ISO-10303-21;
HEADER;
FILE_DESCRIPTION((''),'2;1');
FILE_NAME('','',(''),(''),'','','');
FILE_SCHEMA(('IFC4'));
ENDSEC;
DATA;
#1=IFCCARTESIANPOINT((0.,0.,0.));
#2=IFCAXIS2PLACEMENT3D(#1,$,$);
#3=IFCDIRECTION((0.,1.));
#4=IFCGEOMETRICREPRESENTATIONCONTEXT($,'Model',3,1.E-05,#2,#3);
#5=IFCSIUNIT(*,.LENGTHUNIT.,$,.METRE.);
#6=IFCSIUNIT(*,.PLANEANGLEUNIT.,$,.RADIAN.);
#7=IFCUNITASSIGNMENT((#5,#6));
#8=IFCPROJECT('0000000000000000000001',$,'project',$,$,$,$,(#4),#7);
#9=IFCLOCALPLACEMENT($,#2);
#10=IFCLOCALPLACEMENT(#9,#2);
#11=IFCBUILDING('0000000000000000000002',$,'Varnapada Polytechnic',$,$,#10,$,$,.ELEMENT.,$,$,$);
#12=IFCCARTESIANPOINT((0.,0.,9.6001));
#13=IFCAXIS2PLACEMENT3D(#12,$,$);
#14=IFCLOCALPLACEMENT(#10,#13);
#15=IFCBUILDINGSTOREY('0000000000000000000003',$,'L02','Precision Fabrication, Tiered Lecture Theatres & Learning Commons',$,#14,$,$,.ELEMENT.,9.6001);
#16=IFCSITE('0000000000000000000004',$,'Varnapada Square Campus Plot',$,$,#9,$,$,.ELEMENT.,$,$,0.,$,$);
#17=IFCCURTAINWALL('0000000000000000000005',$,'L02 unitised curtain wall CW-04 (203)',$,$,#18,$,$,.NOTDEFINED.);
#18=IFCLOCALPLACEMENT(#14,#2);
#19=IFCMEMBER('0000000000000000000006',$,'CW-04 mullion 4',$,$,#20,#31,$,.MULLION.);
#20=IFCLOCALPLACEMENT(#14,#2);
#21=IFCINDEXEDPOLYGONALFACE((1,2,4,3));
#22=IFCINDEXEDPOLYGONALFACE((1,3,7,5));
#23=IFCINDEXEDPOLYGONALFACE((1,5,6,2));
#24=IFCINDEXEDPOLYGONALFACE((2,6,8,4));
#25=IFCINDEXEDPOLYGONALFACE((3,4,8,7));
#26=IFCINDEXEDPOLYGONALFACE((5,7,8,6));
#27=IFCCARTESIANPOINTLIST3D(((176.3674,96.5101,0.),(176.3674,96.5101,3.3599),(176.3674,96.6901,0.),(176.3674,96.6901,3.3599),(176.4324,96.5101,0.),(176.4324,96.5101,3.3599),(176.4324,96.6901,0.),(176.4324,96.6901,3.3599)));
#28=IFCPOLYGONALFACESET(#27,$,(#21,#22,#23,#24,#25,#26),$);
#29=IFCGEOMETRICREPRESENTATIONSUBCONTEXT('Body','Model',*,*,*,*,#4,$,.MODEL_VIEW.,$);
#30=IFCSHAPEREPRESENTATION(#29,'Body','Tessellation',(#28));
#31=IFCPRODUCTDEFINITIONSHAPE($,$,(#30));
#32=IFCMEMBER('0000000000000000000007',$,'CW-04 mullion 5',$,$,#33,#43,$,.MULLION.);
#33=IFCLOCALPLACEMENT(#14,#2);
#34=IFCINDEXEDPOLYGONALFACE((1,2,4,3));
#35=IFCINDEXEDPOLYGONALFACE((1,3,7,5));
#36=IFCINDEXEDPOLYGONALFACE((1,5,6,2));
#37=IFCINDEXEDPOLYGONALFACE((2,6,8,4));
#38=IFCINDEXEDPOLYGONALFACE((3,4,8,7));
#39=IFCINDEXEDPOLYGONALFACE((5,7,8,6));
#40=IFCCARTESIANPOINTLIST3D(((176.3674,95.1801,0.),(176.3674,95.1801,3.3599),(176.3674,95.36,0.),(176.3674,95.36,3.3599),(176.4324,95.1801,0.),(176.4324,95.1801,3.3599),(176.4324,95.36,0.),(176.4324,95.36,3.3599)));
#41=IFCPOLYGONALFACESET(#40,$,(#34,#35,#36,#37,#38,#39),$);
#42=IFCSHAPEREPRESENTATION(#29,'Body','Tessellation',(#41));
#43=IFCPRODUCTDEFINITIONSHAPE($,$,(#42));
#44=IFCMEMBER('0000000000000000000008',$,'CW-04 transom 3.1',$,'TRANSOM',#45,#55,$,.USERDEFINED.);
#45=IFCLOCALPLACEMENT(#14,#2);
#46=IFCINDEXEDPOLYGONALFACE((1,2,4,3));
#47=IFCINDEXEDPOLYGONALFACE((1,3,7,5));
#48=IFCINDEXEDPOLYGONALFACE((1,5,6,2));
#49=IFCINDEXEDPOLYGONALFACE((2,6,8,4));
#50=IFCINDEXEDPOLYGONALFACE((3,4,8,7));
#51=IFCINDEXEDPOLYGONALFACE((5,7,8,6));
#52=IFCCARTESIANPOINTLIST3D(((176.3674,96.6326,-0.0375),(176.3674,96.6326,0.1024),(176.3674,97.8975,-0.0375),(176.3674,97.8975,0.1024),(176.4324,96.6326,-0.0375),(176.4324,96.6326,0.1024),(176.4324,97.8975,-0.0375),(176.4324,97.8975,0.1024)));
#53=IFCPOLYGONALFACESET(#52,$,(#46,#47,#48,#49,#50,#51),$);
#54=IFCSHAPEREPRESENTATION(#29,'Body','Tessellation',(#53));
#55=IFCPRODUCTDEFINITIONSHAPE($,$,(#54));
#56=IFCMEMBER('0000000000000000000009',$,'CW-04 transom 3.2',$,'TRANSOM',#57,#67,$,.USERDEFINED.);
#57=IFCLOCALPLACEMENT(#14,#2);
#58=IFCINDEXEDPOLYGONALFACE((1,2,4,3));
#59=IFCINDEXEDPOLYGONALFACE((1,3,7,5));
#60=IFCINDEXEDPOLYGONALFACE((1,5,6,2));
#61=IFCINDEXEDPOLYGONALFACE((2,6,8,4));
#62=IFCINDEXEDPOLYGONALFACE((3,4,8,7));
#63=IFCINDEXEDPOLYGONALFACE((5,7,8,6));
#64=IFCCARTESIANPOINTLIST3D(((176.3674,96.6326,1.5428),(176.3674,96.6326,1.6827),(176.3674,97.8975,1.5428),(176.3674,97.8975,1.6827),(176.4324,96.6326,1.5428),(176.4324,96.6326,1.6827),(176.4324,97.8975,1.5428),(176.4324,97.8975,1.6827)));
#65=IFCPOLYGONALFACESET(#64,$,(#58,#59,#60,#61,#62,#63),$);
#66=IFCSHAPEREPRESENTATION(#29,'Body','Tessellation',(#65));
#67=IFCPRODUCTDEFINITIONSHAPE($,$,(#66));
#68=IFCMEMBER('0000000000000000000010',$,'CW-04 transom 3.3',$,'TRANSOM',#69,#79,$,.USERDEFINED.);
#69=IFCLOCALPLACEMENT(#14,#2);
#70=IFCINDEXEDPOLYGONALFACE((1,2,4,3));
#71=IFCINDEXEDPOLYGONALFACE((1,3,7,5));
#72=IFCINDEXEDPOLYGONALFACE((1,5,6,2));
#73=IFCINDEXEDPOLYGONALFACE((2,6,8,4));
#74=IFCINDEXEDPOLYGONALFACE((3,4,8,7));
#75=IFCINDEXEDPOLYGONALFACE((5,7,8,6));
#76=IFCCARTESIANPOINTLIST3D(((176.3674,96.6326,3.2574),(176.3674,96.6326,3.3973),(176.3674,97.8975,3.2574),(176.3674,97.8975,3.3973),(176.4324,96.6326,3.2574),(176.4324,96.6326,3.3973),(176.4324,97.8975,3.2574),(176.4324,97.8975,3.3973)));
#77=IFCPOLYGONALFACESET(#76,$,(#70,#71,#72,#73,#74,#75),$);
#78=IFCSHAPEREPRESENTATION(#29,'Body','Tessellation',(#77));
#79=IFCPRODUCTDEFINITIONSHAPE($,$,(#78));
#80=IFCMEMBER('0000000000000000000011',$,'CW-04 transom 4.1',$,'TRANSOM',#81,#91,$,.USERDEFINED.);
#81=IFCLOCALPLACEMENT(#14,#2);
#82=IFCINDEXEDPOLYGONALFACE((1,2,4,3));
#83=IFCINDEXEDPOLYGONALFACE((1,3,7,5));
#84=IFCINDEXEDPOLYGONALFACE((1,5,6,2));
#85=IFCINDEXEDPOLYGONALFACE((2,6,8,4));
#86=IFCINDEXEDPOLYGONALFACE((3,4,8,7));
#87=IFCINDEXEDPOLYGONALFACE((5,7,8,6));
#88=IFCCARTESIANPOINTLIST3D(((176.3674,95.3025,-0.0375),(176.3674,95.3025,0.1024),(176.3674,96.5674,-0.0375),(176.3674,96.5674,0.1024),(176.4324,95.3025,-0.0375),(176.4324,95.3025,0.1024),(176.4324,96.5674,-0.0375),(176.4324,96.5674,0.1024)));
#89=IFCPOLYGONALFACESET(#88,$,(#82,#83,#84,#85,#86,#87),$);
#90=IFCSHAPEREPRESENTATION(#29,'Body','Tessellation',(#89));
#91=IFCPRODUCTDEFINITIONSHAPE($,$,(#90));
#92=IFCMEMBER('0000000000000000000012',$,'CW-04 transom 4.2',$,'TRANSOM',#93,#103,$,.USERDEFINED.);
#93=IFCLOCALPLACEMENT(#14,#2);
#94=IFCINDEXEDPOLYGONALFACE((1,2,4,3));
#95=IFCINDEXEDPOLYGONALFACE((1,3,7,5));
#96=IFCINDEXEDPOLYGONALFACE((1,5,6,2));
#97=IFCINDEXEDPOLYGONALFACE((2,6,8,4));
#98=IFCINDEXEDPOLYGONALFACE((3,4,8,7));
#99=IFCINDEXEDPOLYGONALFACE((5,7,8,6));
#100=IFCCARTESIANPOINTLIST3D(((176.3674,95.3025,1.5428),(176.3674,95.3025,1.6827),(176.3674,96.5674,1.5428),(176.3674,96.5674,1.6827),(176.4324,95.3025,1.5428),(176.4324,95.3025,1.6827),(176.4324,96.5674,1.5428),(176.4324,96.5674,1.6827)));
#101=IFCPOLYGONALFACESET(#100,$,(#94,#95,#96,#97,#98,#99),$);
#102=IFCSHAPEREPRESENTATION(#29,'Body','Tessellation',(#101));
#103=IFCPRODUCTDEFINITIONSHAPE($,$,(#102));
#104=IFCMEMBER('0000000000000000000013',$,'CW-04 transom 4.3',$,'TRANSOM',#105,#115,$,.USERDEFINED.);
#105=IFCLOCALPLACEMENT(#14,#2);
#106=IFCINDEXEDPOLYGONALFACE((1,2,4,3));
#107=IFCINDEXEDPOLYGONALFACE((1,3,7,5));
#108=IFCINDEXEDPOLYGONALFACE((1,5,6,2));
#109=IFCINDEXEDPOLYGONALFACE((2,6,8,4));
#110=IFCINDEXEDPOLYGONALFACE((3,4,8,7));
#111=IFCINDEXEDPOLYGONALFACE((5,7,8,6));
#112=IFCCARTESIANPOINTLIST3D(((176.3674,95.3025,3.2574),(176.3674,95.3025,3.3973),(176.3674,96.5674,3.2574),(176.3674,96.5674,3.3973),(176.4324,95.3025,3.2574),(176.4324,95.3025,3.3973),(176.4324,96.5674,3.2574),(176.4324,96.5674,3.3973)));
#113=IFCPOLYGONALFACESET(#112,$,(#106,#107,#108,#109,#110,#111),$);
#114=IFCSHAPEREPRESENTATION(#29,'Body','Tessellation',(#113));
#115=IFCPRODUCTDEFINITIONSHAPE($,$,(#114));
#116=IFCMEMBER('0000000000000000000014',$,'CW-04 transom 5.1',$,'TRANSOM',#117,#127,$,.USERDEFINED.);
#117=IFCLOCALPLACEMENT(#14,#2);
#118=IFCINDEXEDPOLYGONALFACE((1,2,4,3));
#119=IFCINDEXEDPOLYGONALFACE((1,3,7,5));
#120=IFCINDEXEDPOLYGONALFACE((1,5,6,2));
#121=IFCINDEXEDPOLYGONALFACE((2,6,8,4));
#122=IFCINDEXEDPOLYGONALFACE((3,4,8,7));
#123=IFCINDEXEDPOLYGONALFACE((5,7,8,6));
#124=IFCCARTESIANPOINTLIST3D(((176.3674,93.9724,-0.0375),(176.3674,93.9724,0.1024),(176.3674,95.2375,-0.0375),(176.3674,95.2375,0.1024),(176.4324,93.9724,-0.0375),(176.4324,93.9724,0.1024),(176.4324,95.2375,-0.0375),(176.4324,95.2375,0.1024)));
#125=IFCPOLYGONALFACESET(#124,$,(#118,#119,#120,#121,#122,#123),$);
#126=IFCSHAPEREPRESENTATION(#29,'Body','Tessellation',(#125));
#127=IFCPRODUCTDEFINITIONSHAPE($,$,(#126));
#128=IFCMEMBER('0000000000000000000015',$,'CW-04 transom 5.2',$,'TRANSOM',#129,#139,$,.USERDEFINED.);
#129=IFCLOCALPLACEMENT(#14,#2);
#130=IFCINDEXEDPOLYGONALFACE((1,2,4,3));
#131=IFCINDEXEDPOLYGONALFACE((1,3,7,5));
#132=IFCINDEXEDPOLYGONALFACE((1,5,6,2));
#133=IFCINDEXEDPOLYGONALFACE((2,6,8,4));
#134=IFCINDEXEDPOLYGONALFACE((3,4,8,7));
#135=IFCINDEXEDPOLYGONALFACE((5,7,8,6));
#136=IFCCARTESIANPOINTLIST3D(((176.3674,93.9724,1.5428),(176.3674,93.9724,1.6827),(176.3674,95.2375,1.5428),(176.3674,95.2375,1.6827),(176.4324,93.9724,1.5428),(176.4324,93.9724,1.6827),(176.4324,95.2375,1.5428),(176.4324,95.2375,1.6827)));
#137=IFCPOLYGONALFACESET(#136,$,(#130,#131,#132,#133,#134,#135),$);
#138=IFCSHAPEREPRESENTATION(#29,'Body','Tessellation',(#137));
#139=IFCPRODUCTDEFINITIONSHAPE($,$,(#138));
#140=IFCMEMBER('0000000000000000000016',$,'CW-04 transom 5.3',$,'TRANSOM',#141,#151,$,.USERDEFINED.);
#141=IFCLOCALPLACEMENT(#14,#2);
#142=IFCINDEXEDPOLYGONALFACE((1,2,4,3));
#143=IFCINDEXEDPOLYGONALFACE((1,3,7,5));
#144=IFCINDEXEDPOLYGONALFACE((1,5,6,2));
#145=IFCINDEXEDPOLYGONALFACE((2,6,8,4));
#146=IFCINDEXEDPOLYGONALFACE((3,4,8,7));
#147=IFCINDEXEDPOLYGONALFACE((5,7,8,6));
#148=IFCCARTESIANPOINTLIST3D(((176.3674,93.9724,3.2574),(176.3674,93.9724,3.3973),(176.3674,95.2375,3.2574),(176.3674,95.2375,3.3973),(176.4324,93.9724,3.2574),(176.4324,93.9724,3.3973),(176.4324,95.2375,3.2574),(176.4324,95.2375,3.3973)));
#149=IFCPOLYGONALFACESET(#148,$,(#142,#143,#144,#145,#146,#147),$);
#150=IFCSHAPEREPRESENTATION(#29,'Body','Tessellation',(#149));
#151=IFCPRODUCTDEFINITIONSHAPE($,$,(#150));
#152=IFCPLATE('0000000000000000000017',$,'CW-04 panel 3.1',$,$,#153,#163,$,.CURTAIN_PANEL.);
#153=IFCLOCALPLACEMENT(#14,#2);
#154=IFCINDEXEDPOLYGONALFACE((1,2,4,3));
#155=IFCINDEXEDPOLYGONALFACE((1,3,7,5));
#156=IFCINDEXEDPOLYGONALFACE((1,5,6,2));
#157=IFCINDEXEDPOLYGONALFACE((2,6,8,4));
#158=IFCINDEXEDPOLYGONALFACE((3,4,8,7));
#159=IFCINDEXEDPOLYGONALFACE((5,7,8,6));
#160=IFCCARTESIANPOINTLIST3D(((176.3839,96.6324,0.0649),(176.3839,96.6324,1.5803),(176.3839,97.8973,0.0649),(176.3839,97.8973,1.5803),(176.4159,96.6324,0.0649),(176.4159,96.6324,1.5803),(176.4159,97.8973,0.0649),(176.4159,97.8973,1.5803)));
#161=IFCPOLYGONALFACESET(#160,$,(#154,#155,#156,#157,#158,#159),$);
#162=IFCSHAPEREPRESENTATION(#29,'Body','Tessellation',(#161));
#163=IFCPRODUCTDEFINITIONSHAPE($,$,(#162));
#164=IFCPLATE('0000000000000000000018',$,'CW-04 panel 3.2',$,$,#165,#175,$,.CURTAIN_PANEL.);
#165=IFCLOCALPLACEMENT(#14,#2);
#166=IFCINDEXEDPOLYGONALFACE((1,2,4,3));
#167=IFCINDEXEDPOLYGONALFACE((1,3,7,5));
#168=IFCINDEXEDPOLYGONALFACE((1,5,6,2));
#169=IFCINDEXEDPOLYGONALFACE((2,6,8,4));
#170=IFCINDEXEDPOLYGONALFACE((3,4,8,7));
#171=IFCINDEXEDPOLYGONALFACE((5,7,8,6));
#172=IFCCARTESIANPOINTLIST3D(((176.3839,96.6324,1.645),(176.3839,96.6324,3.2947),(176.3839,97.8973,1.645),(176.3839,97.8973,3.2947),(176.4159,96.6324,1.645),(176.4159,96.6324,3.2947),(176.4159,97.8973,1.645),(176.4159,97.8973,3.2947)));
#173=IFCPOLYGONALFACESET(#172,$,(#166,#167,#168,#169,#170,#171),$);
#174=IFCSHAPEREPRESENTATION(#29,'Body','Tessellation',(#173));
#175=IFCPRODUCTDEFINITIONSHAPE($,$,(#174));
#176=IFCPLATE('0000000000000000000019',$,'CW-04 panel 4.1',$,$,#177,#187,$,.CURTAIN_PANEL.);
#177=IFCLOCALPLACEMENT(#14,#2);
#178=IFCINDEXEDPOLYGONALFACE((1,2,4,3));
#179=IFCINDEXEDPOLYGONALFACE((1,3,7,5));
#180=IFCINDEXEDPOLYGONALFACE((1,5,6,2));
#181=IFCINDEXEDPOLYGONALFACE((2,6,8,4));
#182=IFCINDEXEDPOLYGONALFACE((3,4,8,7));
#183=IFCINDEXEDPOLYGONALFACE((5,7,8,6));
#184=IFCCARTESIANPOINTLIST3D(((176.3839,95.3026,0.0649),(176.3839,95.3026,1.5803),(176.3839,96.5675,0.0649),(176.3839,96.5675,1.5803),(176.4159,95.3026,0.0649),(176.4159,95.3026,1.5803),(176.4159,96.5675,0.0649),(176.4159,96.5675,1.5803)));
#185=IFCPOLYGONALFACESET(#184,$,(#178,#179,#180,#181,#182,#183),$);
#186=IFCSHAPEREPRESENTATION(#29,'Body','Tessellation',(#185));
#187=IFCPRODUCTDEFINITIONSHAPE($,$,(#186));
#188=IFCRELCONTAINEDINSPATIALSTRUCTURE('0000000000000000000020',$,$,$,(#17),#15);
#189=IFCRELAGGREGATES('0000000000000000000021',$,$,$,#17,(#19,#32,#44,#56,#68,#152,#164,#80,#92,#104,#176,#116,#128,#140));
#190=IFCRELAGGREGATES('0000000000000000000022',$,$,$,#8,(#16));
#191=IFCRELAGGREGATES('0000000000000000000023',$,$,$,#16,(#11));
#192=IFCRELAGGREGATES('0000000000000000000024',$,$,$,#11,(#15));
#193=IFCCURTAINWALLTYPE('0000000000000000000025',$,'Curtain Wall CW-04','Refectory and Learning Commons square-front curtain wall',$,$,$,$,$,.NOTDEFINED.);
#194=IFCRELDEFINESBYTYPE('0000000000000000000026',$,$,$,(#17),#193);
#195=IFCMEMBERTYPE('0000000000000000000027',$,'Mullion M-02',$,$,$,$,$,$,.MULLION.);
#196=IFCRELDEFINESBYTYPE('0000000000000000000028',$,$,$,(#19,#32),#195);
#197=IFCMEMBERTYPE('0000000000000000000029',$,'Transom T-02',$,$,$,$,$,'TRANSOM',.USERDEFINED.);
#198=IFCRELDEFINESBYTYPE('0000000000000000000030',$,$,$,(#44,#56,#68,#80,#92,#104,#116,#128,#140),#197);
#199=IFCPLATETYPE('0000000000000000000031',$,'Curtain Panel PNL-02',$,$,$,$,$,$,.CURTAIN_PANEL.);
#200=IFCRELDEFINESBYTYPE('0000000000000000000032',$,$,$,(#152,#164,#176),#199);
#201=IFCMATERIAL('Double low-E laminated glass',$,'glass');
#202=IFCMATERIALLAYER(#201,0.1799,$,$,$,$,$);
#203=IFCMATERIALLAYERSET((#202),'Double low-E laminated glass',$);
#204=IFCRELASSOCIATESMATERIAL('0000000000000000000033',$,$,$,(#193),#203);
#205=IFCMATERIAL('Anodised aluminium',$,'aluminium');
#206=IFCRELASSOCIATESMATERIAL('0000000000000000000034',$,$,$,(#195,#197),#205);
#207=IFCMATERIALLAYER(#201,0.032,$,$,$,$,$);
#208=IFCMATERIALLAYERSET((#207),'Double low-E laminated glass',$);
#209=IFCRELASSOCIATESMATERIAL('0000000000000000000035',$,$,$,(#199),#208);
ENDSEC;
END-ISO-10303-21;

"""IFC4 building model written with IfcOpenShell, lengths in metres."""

from ifc_helpers import new_model, si_unit, direction, frame, origin, origin_2d, place, context, subcontext, project, spatial, rectangle, extrude, material, layer, layer_set, material_profile, profile_set, type_object, element, aggregate, save


model = new_model("IFC4")

# Units and contexts
model_context = context("Model", 3, precision=1e-05, world=origin(), true_north=direction((0.0, 1.0)))
body_context = subcontext(model_context, "Body", "Model", "MODEL_VIEW")
ifc_project = project(units=[si_unit("LENGTHUNIT", "METRE"), si_unit("PLANEANGLEUNIT", "RADIAN")], contexts=[model_context])

# Site, building, storey
site_placement = place(None, origin())
site = spatial("IfcSite", under=ifc_project, at=site_placement, Name="Varnapada Square Campus Plot", CompositionType="ELEMENT", RefElevation=0.0)
building_placement = place(site_placement, origin())
building = spatial("IfcBuilding", under=site, at=building_placement, Name="Varnapada Polytechnic", CompositionType="ELEMENT")
storey_placement = place(building_placement, frame((0.0, 0.0, 9.6001)))
storey = spatial("IfcBuildingStorey", under=building, at=storey_placement, Name="L02", Description="Precision Fabrication, Tiered Lecture Theatres & Learning Commons", CompositionType="ELEMENT", Elevation=9.6001)

# Curtain wall, members, plates
ifc_material_1 = material(Name="Double low-E laminated glass", Category="glass")
ifc_layer_1 = layer(ifc_material_1, 0.1799)
ifc_layer_set_1 = layer_set([ifc_layer_1], Name="Double low-E laminated glass")
curtain_wall_type = type_object("IfcCurtainWallType", Name="Curtain Wall CW-04", Description="Refectory and Learning Commons square-front curtain wall", PredefinedType="NOTDEFINED", material=ifc_layer_set_1)
curtain_wall_placement = place(storey_placement, origin())
curtain_wall = element("IfcCurtainWall", 1, at=curtain_wall_placement, inside=storey, type_object=curtain_wall_type, Name="L02 unitised curtain wall CW-04 (203)", PredefinedType="NOTDEFINED")
ifc_material_2 = material(Name="Anodised aluminium", Category="aluminium")
ifc_material_profile_1 = material_profile(ifc_material_2, rectangle(XDim=0.0649, YDim=0.1799, at=origin_2d()), Name="ALU M65x180")
ifc_profile_set_1 = profile_set([ifc_material_profile_1], Name="Anodised aluminium")
member_type_1 = type_object("IfcMemberType", Name="Mullion M-02", PredefinedType="MULLION", material=ifc_profile_set_1)
member_1_placement = place(storey_placement, frame((176.3999, 96.6001, 0.0), z_axis=(0.0, 0.0, 1.0), x_axis=(1.0, 0.0, 0.0)))
member_1 = element("IfcMember", 2, at=member_1_placement, type_object=member_type_1, Name="CW-04 mullion 4", PredefinedType="MULLION", context=body_context, shape_type="SweptSolid", body=[
    extrude(rectangle(XDim=0.0649, YDim=0.1799, at=origin_2d()), origin(), (0.0, 0.0, 1.0), 3.3599),
])
member_2_placement = place(storey_placement, frame((176.3999, 95.27, 0.0), z_axis=(0.0, 0.0, 1.0), x_axis=(1.0, 0.0, 0.0)))
member_2 = element("IfcMember", 3, at=member_2_placement, type_object=member_type_1, Name="CW-04 mullion 5", PredefinedType="MULLION", context=body_context, shape_type="SweptSolid", body=[
    extrude(rectangle(XDim=0.0649, YDim=0.1799, at=origin_2d()), origin(), (0.0, 0.0, 1.0), 3.3599),
])
ifc_material_profile_2 = material_profile(ifc_material_2, rectangle(XDim=0.0649, YDim=0.1399, at=origin_2d()), Name="ALU T65x140")
ifc_profile_set_2 = profile_set([ifc_material_profile_2], Name="Anodised aluminium")
member_type_2 = type_object("IfcMemberType", Name="Transom T-02", ElementType="TRANSOM", PredefinedType="USERDEFINED", material=ifc_profile_set_2)
member_3_placement = place(storey_placement, frame((176.3999, 97.8975, 0.0325), z_axis=(0.0, -1.0, 0.0), x_axis=(1.0, 0.0, 0.0)))
member_3 = element("IfcMember", 4, at=member_3_placement, type_object=member_type_2, Name="CW-04 transom 3.1", ObjectType="TRANSOM", PredefinedType="USERDEFINED", context=body_context, shape_type="SweptSolid", body=[
    extrude(rectangle(XDim=0.0649, YDim=0.1399, at=origin_2d()), origin(), (0.0, 0.0, 1.0), 1.2649),
])
member_4_placement = place(storey_placement, frame((176.3999, 97.8975, 1.6128), z_axis=(0.0, -1.0, 0.0), x_axis=(1.0, 0.0, 0.0)))
member_4 = element("IfcMember", 5, at=member_4_placement, type_object=member_type_2, Name="CW-04 transom 3.2", ObjectType="TRANSOM", PredefinedType="USERDEFINED", context=body_context, shape_type="SweptSolid", body=[
    extrude(rectangle(XDim=0.0649, YDim=0.1399, at=origin_2d()), origin(), (0.0, 0.0, 1.0), 1.2649),
])
member_5_placement = place(storey_placement, frame((176.3999, 97.8975, 3.3274), z_axis=(0.0, -1.0, 0.0), x_axis=(1.0, 0.0, 0.0)))
member_5 = element("IfcMember", 6, at=member_5_placement, type_object=member_type_2, Name="CW-04 transom 3.3", ObjectType="TRANSOM", PredefinedType="USERDEFINED", context=body_context, shape_type="SweptSolid", body=[
    extrude(rectangle(XDim=0.0649, YDim=0.1399, at=origin_2d()), origin(), (0.0, 0.0, 1.0), 1.2649),
])
member_6_placement = place(storey_placement, frame((176.3999, 96.5674, 0.0325), z_axis=(0.0, -1.0, 0.0), x_axis=(1.0, 0.0, 0.0)))
member_6 = element("IfcMember", 7, at=member_6_placement, type_object=member_type_2, Name="CW-04 transom 4.1", ObjectType="TRANSOM", PredefinedType="USERDEFINED", context=body_context, shape_type="SweptSolid", body=[
    extrude(rectangle(XDim=0.0649, YDim=0.1399, at=origin_2d()), origin(), (0.0, 0.0, 1.0), 1.2649),
])
member_7_placement = place(storey_placement, frame((176.3999, 96.5674, 1.6128), z_axis=(0.0, -1.0, 0.0), x_axis=(1.0, 0.0, 0.0)))
member_7 = element("IfcMember", 8, at=member_7_placement, type_object=member_type_2, Name="CW-04 transom 4.2", ObjectType="TRANSOM", PredefinedType="USERDEFINED", context=body_context, shape_type="SweptSolid", body=[
    extrude(rectangle(XDim=0.0649, YDim=0.1399, at=origin_2d()), origin(), (0.0, 0.0, 1.0), 1.2649),
])
member_8_placement = place(storey_placement, frame((176.3999, 96.5674, 3.3274), z_axis=(0.0, -1.0, 0.0), x_axis=(1.0, 0.0, 0.0)))
member_8 = element("IfcMember", 9, at=member_8_placement, type_object=member_type_2, Name="CW-04 transom 4.3", ObjectType="TRANSOM", PredefinedType="USERDEFINED", context=body_context, shape_type="SweptSolid", body=[
    extrude(rectangle(XDim=0.0649, YDim=0.1399, at=origin_2d()), origin(), (0.0, 0.0, 1.0), 1.2649),
])
member_9_placement = place(storey_placement, frame((176.3999, 95.2375, 0.0325), z_axis=(0.0, -1.0, 0.0), x_axis=(1.0, 0.0, 0.0)))
member_9 = element("IfcMember", 10, at=member_9_placement, type_object=member_type_2, Name="CW-04 transom 5.1", ObjectType="TRANSOM", PredefinedType="USERDEFINED", context=body_context, shape_type="SweptSolid", body=[
    extrude(rectangle(XDim=0.0649, YDim=0.1399, at=origin_2d()), origin(), (0.0, 0.0, 1.0), 1.2651),
])
member_10_placement = place(storey_placement, frame((176.3999, 95.2375, 1.6128), z_axis=(0.0, -1.0, 0.0), x_axis=(1.0, 0.0, 0.0)))
member_10 = element("IfcMember", 11, at=member_10_placement, type_object=member_type_2, Name="CW-04 transom 5.2", ObjectType="TRANSOM", PredefinedType="USERDEFINED", context=body_context, shape_type="SweptSolid", body=[
    extrude(rectangle(XDim=0.0649, YDim=0.1399, at=origin_2d()), origin(), (0.0, 0.0, 1.0), 1.2651),
])
member_11_placement = place(storey_placement, frame((176.3999, 95.2375, 3.3274), z_axis=(0.0, -1.0, 0.0), x_axis=(1.0, 0.0, 0.0)))
member_11 = element("IfcMember", 12, at=member_11_placement, type_object=member_type_2, Name="CW-04 transom 5.3", ObjectType="TRANSOM", PredefinedType="USERDEFINED", context=body_context, shape_type="SweptSolid", body=[
    extrude(rectangle(XDim=0.0649, YDim=0.1399, at=origin_2d()), origin(), (0.0, 0.0, 1.0), 1.2651),
])
ifc_layer_2 = layer(ifc_material_1, 0.032)
ifc_layer_set_2 = layer_set([ifc_layer_2], Name="Double low-E laminated glass")
plate_type = type_object("IfcPlateType", Name="Curtain Panel PNL-02", PredefinedType="CURTAIN_PANEL", material=ifc_layer_set_2)
plate_1_placement = place(storey_placement, frame((176.3999, 97.2649, 0.0649), z_axis=(0.0, 0.0, 1.0), x_axis=(0.0, -1.0, 0.0)))
plate_1 = element("IfcPlate", 13, at=plate_1_placement, type_object=plate_type, Name="CW-04 panel 3.1", PredefinedType="CURTAIN_PANEL", context=body_context, shape_type="SweptSolid", body=[
    extrude(rectangle(XDim=1.2649, YDim=0.032, at=origin_2d()), origin(), (0.0, 0.0, 1.0), 1.5154),
])
plate_2_placement = place(storey_placement, frame((176.3999, 97.2649, 1.645), z_axis=(0.0, 0.0, 1.0), x_axis=(0.0, -1.0, 0.0)))
plate_2 = element("IfcPlate", 14, at=plate_2_placement, type_object=plate_type, Name="CW-04 panel 3.2", PredefinedType="CURTAIN_PANEL", context=body_context, shape_type="SweptSolid", body=[
    extrude(rectangle(XDim=1.2649, YDim=0.032, at=origin_2d()), origin(), (0.0, 0.0, 1.0), 1.6497),
])
plate_3_placement = place(storey_placement, frame((176.3999, 95.9351, 0.0649), z_axis=(0.0, 0.0, 1.0), x_axis=(0.0, -1.0, 0.0)))
plate_3 = element("IfcPlate", 15, at=plate_3_placement, type_object=plate_type, Name="CW-04 panel 4.1", PredefinedType="CURTAIN_PANEL", context=body_context, shape_type="SweptSolid", body=[
    extrude(rectangle(XDim=1.2649, YDim=0.032, at=origin_2d()), origin(), (0.0, 0.0, 1.0), 1.5154),
])
aggregate(curtain_wall, [member_1, member_2, member_3, member_4, member_5, plate_1, plate_2, member_6, member_7, member_8, plate_3, member_9, member_10, member_11])

save(model, "model.ifc")
